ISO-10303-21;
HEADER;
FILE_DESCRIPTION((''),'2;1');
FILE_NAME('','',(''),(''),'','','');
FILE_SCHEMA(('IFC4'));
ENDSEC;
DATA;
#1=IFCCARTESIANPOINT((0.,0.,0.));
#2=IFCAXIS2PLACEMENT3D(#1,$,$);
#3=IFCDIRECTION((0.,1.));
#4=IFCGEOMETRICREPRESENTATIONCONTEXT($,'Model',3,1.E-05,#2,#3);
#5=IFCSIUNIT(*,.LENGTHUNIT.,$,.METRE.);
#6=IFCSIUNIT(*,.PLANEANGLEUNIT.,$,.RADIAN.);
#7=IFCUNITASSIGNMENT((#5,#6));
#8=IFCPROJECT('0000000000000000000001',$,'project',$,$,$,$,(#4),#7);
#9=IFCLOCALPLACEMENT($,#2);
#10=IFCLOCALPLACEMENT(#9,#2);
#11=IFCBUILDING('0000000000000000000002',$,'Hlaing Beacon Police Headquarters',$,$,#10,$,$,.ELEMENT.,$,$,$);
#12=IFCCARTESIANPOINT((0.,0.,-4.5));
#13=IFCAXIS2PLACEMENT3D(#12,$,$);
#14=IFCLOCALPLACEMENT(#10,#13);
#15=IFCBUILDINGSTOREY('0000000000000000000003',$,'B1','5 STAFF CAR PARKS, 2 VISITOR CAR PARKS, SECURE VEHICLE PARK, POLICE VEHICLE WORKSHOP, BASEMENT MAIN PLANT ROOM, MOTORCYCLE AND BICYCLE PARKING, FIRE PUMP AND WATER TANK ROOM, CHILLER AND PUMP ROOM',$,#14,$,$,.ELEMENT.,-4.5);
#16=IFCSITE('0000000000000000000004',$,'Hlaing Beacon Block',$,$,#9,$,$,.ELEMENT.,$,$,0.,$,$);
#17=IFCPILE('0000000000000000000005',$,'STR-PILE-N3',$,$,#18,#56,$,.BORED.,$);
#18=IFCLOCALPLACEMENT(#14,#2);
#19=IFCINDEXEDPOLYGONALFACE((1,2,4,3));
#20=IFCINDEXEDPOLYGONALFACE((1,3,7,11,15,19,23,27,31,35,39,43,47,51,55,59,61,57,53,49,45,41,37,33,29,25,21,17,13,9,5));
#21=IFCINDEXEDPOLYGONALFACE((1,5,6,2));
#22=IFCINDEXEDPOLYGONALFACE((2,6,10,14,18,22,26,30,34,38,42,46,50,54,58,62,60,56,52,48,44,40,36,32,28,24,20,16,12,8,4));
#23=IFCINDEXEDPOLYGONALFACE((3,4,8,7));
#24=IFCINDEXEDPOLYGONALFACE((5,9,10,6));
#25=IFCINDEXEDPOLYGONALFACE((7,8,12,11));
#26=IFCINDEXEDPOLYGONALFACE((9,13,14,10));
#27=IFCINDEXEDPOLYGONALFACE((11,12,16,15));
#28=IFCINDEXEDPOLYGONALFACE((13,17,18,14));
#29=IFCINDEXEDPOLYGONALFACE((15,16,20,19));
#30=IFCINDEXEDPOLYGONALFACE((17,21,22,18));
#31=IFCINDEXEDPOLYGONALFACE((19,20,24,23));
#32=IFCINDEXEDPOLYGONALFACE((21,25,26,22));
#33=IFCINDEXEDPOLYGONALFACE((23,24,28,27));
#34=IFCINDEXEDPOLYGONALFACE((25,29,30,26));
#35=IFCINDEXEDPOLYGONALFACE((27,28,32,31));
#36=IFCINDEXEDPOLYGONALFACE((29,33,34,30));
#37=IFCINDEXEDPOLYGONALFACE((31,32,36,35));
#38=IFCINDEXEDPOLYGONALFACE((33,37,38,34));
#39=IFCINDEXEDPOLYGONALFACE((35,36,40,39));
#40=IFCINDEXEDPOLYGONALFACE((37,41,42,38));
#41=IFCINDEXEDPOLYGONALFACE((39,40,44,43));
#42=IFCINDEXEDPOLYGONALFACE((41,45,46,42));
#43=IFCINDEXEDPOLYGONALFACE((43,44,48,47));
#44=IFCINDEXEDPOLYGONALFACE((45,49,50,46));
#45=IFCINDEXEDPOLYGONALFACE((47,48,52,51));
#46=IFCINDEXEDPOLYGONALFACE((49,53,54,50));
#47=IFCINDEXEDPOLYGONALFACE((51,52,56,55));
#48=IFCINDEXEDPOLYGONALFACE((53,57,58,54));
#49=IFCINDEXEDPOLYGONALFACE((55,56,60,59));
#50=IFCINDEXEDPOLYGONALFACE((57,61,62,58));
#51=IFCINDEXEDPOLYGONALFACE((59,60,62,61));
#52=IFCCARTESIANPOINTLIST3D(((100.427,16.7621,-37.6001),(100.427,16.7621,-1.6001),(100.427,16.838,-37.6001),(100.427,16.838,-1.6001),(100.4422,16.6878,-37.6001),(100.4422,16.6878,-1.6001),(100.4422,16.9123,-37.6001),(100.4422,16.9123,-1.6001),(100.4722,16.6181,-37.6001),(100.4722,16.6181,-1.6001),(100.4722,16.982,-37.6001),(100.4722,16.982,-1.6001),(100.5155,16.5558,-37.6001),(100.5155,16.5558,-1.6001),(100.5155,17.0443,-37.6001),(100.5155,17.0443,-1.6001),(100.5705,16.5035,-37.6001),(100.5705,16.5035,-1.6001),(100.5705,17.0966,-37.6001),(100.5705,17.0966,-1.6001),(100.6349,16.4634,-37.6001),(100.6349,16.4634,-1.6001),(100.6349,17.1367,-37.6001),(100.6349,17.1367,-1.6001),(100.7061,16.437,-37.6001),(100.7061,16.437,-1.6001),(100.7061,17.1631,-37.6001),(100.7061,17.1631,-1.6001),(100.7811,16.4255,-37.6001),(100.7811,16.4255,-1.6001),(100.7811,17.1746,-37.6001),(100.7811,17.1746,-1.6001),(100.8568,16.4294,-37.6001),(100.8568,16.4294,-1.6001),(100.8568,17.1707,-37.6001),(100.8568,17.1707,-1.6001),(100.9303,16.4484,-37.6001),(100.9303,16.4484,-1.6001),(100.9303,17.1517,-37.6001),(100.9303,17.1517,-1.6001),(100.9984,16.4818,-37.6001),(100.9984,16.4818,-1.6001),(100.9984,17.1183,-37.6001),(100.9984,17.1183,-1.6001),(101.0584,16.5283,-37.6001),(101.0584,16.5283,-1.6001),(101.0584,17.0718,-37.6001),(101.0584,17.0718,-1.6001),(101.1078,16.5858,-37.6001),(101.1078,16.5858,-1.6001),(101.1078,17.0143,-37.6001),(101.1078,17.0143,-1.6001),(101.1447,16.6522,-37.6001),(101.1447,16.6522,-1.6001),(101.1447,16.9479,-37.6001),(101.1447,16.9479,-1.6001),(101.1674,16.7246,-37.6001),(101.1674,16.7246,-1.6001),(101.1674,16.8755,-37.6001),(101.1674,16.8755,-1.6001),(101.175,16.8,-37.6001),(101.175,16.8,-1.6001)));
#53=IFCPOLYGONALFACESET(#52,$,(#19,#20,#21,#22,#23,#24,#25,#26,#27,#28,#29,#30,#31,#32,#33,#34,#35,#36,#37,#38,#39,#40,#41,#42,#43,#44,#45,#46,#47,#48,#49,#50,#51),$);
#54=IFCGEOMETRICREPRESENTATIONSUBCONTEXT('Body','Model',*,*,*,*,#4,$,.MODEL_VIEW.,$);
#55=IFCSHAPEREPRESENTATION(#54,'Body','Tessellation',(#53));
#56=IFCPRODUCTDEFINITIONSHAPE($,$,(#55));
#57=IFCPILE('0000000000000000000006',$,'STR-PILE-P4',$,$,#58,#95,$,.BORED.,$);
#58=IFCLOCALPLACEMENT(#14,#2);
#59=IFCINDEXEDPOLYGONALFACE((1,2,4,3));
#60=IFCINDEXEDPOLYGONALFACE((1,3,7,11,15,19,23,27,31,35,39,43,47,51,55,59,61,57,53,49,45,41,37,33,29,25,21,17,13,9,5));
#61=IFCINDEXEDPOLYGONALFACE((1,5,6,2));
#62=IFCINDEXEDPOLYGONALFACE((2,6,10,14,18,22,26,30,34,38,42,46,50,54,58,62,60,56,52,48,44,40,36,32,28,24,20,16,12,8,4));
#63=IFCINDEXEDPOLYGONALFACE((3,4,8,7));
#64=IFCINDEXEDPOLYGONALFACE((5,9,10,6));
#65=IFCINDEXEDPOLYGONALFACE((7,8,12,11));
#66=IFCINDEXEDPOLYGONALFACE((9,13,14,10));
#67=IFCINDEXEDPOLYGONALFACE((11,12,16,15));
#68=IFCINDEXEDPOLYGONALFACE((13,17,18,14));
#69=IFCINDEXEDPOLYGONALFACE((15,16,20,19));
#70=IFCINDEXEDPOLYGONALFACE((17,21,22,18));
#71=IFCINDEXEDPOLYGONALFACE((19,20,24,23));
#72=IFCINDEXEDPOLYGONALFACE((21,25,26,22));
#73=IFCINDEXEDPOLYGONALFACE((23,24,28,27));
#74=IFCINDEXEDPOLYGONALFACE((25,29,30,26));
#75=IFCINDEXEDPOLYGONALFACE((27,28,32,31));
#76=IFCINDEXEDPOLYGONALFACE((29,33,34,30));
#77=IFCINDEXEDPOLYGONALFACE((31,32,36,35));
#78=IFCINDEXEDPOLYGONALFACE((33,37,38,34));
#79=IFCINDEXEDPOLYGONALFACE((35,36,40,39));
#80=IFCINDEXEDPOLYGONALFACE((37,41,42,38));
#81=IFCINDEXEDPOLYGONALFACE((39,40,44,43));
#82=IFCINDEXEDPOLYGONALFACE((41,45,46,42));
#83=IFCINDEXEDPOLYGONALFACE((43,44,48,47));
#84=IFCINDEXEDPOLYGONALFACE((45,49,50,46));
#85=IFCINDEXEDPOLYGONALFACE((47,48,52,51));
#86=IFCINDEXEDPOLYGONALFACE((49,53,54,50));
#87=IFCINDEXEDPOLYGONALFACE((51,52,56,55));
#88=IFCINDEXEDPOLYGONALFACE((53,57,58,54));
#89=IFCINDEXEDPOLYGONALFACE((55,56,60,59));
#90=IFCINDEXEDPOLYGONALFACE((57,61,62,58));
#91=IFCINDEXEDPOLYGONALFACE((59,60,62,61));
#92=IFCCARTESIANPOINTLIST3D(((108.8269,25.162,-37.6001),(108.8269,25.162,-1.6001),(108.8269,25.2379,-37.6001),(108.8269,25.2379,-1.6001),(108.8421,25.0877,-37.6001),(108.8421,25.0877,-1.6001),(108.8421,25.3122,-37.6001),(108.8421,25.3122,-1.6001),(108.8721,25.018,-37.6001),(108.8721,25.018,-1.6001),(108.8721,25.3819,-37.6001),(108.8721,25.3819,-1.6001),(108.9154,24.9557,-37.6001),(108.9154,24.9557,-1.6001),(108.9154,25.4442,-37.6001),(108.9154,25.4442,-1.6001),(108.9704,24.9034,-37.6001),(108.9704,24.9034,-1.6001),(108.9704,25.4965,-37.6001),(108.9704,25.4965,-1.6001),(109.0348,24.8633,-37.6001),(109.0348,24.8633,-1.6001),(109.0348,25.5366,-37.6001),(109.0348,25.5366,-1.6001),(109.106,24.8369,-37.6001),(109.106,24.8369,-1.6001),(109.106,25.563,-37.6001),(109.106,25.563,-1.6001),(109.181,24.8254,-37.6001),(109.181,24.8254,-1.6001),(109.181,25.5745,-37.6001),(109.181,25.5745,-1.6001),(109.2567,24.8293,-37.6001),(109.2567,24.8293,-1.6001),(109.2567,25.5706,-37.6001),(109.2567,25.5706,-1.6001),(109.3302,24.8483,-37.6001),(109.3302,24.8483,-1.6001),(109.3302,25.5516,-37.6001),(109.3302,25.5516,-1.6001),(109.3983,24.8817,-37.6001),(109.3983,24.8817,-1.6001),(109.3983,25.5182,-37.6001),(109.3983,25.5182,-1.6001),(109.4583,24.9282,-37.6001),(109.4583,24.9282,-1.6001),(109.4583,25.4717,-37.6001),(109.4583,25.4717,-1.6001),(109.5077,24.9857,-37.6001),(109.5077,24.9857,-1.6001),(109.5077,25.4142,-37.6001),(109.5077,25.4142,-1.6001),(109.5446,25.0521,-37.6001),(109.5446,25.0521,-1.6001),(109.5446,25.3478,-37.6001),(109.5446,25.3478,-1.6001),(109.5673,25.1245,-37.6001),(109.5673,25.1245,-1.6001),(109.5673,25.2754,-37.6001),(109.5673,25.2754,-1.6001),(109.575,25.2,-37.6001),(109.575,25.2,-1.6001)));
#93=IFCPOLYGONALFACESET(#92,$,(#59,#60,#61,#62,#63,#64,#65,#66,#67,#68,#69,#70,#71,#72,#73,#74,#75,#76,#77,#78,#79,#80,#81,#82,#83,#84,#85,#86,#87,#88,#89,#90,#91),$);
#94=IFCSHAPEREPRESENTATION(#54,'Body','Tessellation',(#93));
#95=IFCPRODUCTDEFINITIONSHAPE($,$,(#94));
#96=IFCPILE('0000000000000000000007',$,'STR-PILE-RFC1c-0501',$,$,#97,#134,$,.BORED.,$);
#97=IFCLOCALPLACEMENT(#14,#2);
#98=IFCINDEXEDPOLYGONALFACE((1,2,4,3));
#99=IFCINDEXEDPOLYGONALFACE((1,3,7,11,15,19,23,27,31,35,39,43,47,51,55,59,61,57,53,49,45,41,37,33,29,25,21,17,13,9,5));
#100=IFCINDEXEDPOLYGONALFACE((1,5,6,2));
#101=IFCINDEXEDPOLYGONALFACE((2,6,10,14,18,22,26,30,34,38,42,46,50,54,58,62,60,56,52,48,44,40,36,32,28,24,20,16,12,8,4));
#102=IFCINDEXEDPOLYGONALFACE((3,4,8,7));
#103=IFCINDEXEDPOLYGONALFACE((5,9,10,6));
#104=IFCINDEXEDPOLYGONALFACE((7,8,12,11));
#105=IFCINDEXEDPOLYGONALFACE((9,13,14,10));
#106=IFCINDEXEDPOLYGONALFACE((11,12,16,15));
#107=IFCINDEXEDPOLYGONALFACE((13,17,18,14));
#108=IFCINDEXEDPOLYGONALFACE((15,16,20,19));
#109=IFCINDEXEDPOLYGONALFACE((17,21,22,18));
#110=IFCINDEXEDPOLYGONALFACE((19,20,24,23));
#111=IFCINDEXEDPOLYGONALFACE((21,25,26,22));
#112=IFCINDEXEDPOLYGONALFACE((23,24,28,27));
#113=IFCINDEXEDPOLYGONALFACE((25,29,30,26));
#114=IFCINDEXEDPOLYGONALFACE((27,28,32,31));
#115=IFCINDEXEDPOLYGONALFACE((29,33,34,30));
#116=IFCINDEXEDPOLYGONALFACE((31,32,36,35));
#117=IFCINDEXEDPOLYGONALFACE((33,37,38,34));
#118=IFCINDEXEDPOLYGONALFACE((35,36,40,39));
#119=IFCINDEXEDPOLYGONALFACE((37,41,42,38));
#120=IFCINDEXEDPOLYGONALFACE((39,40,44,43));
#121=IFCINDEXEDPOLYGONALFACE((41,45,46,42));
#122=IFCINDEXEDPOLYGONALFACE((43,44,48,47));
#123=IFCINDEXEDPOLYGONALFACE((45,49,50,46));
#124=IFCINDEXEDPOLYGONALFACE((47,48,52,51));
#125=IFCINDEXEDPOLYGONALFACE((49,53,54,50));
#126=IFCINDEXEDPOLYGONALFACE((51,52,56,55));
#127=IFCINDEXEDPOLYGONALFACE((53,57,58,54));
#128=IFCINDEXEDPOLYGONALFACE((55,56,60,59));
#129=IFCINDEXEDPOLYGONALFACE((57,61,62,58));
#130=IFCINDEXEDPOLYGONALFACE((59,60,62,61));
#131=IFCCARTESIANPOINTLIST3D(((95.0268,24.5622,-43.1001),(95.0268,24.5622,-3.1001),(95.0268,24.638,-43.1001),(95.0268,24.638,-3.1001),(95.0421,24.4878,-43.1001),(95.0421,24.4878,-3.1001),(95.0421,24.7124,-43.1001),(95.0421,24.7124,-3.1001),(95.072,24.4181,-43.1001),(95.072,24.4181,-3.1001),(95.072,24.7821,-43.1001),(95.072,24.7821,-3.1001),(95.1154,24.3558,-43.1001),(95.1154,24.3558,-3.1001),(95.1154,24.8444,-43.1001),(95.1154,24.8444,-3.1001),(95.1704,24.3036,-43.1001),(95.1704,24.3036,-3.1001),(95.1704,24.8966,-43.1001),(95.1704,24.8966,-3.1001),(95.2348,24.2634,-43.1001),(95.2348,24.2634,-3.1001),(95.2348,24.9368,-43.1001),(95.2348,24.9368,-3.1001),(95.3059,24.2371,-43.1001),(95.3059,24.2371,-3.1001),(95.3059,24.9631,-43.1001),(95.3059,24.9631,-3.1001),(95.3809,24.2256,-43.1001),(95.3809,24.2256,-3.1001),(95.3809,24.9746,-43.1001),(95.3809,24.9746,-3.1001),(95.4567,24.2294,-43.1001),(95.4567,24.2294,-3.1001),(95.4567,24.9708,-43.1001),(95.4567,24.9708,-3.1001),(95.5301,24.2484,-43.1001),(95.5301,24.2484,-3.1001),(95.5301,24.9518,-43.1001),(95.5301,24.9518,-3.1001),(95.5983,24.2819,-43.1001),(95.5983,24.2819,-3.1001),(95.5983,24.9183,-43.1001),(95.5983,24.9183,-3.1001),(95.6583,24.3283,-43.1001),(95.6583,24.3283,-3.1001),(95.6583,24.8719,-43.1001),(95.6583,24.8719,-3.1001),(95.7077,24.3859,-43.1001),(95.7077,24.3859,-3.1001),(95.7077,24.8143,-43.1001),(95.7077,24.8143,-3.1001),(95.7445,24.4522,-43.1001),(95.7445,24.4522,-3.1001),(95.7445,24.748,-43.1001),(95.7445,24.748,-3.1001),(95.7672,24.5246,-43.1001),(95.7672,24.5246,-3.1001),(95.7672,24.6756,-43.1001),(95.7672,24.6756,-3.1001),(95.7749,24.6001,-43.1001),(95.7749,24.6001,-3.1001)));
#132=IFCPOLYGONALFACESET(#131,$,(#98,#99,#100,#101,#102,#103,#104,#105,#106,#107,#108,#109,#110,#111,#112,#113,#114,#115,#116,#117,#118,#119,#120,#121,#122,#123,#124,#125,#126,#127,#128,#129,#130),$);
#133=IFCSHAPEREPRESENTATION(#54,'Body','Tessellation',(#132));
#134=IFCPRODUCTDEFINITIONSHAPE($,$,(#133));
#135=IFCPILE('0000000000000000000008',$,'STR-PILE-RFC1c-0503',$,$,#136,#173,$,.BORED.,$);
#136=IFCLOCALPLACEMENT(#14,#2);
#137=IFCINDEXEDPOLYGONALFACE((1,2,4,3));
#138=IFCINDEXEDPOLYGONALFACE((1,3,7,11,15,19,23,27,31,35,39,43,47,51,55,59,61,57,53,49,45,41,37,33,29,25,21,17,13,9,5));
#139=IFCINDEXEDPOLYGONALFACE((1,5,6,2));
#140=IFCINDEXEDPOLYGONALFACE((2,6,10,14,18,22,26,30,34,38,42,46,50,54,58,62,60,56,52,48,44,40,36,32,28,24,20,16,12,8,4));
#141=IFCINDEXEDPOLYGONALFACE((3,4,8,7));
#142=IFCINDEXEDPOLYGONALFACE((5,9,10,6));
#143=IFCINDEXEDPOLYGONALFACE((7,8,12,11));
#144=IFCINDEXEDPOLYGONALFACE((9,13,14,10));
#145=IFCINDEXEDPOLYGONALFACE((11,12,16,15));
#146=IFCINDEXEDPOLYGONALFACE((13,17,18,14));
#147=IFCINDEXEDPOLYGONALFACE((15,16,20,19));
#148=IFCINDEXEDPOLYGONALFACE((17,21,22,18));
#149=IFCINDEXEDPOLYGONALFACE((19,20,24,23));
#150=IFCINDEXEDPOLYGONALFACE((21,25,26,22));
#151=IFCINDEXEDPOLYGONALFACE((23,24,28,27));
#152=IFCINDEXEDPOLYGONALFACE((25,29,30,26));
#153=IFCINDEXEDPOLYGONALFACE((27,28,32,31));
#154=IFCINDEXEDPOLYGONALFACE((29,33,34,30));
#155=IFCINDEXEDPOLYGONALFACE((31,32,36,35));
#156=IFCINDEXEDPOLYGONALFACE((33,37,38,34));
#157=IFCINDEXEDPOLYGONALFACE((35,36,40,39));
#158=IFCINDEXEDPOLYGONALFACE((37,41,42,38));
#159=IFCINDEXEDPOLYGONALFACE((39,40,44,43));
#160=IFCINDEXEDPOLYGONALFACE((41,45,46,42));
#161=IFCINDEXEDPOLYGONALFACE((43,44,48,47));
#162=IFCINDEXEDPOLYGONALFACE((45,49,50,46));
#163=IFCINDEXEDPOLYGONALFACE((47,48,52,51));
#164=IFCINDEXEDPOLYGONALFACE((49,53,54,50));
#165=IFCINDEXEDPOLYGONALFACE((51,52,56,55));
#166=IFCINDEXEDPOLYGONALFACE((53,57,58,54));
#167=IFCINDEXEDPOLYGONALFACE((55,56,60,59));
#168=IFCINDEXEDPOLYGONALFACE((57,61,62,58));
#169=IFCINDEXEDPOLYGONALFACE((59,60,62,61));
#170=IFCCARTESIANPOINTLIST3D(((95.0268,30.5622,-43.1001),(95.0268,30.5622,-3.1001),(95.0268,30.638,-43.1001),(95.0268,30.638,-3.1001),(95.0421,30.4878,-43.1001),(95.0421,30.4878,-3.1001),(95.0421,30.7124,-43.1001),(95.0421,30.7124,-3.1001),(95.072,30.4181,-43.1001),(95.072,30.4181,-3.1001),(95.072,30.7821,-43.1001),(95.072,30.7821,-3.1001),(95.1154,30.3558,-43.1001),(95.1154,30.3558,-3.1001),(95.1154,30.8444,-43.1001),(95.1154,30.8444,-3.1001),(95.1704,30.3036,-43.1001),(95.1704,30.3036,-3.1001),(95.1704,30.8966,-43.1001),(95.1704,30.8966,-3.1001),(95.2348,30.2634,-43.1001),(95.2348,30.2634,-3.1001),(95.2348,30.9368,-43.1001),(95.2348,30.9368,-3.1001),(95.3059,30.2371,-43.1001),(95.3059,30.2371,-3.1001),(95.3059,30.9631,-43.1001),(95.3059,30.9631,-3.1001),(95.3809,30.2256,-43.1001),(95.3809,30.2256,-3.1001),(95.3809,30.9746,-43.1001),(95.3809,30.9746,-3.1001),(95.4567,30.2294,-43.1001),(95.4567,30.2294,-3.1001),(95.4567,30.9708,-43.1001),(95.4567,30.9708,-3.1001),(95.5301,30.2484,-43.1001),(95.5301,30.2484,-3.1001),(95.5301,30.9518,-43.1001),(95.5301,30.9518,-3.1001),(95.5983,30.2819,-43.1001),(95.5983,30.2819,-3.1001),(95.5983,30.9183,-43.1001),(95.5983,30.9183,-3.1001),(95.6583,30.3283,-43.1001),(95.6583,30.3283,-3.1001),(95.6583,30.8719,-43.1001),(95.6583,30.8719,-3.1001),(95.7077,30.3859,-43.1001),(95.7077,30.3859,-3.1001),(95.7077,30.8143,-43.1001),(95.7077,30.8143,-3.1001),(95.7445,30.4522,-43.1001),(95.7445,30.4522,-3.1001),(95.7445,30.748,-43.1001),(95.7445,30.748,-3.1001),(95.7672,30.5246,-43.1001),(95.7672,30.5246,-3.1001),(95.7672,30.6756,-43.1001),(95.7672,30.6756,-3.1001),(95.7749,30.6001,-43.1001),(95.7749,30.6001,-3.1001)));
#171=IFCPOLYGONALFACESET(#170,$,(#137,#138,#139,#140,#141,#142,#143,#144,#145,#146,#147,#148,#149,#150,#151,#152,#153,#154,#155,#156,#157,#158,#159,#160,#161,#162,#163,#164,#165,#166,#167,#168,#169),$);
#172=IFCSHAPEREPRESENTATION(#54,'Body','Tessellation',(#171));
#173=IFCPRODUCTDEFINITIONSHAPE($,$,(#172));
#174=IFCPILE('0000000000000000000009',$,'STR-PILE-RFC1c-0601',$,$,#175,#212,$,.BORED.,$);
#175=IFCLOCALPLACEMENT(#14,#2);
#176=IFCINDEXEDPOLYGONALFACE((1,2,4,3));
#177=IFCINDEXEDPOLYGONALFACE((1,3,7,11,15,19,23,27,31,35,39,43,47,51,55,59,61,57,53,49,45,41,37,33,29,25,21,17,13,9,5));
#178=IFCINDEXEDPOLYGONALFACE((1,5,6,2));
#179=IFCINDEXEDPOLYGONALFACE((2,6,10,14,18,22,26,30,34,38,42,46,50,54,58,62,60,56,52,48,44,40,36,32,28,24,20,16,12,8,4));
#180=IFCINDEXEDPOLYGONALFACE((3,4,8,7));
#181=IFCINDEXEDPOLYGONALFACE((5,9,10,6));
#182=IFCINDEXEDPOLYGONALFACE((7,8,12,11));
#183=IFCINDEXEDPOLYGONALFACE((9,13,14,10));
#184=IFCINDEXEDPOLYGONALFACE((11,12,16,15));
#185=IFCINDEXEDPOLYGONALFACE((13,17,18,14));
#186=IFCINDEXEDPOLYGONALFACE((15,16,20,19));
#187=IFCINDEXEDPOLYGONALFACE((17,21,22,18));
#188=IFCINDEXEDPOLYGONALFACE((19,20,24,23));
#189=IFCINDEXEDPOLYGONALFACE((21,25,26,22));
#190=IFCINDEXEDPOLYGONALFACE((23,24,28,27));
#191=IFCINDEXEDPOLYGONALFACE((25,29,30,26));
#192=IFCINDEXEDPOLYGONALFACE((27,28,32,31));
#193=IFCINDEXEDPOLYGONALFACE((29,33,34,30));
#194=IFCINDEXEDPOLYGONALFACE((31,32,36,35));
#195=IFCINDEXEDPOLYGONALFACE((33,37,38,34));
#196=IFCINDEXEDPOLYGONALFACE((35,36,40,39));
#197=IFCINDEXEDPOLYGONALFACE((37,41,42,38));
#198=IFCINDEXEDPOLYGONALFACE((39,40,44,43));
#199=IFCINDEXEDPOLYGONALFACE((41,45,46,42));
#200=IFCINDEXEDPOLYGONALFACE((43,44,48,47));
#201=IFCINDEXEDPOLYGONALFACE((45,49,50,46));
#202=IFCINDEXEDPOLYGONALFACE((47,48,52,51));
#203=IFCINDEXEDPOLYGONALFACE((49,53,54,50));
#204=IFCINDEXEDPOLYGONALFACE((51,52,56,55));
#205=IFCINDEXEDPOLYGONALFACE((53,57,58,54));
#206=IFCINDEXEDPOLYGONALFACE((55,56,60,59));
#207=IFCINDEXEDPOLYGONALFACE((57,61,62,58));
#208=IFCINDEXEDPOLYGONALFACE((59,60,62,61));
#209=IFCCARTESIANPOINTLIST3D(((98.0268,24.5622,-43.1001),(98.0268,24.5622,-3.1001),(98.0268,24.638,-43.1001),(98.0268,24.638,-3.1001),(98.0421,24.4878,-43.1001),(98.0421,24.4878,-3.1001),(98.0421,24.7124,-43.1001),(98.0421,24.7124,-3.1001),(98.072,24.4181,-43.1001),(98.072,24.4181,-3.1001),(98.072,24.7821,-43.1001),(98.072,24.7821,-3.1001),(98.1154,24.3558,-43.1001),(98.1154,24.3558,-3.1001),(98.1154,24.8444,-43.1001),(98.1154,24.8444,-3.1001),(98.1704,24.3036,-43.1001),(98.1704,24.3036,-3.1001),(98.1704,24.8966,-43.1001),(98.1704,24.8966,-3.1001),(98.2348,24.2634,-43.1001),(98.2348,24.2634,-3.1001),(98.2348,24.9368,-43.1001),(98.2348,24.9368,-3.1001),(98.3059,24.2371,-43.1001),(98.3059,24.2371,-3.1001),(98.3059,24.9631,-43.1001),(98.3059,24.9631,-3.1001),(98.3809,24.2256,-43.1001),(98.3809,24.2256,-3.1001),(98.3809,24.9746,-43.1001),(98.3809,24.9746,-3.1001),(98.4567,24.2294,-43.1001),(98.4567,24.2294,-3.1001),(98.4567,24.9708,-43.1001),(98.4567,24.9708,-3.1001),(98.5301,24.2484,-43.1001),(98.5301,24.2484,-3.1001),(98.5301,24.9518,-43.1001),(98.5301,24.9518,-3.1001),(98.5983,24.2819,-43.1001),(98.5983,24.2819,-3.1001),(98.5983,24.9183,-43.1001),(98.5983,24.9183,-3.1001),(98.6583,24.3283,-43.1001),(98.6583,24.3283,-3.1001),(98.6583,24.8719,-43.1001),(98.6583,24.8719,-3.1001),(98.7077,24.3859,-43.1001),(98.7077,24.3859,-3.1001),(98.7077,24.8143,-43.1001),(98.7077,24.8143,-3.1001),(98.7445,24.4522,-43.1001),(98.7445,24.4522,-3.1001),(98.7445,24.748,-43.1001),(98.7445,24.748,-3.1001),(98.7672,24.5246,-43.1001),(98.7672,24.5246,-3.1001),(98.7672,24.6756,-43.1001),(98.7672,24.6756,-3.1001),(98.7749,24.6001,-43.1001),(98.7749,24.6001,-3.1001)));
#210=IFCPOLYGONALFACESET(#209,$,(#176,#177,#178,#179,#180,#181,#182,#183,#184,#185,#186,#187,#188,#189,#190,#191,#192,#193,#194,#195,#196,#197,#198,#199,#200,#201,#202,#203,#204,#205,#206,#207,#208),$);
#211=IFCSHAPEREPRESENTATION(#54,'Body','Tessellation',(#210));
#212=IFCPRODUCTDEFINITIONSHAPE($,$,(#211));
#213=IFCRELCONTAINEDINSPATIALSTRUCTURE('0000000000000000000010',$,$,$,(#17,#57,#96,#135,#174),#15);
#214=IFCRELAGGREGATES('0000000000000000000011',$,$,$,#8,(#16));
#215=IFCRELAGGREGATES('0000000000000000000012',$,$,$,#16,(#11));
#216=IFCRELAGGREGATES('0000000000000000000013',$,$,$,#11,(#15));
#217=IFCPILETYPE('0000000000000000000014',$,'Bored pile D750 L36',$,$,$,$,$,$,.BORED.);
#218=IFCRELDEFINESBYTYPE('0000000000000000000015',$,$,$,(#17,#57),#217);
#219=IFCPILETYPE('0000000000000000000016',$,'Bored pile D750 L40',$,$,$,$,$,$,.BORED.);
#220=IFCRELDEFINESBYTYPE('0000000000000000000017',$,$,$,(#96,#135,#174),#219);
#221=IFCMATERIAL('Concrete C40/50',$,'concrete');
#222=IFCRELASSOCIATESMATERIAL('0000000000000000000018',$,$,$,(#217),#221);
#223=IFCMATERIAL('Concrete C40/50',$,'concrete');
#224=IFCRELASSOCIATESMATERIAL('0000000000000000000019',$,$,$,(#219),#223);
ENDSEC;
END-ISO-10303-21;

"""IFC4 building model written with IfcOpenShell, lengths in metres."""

from ifc_helpers import new_model, si_unit, direction, frame, origin, origin_2d, place, context, subcontext, project, spatial, circle, extrude, material, material_profile, profile_set, type_object, element, save


model = new_model("IFC4")

# Units and contexts
model_context = context("Model", 3, precision=1e-05, world=origin(), true_north=direction((0.0, 1.0)))
body_context = subcontext(model_context, "Body", "Model", "MODEL_VIEW")
ifc_project = project(units=[si_unit("LENGTHUNIT", "METRE"), si_unit("PLANEANGLEUNIT", "RADIAN")], contexts=[model_context])

# Site, building, storey
site_placement = place(None, origin())
site = spatial("IfcSite", under=ifc_project, at=site_placement, Name="Hlaing Beacon Block", CompositionType="ELEMENT", RefElevation=0.0)
building_placement = place(site_placement, origin())
building = spatial("IfcBuilding", under=site, at=building_placement, Name="Hlaing Beacon Police Headquarters", CompositionType="ELEMENT")
storey_placement = place(building_placement, frame((0.0, 0.0, -4.5)))
storey = spatial("IfcBuildingStorey", under=building, at=storey_placement, Name="B1", Description="5 STAFF CAR PARKS, 2 VISITOR CAR PARKS, SECURE VEHICLE PARK, POLICE VEHICLE WORKSHOP, BASEMENT MAIN PLANT ROOM, MOTORCYCLE AND BICYCLE PARKING, FIRE PUMP AND WATER TANK ROOM, CHILLER AND PUMP ROOM", CompositionType="ELEMENT", Elevation=-4.5)

# Piles
ifc_material_1 = material(Name="Concrete C40/50", Category="concrete")
ifc_material_profile_1 = material_profile(ifc_material_1, circle(Radius=0.375, at=origin_2d()), Name="D750")
ifc_profile_set_1 = profile_set([ifc_material_profile_1], Name="Concrete C40/50")
pile_type_1 = type_object("IfcPileType", Name="Bored pile D750 L36", PredefinedType="BORED", material=ifc_profile_set_1)
for number, where, z_axis, x_axis, name in (
    (1, (100.8, 16.8, -1.6001), (0.0, 0.0, -1.0), (1.0, 0.0, 0.0), "STR-PILE-N3"),
    (2, (109.2, 25.2, -1.6001), (0.0, 0.0, -1.0), (1.0, 0.0, 0.0), "STR-PILE-P4"),
):
    element("IfcPile", number, at=place(storey_placement, frame(where, z_axis=z_axis, x_axis=x_axis)), inside=storey, type_object=pile_type_1, Name=name, PredefinedType="BORED", context=body_context, shape_type="SweptSolid", body=[
        extrude(circle(Radius=0.375, at=origin_2d()), origin(), (0.0, 0.0, 1.0), 36.0),
    ])
ifc_material_2 = material(Name="Concrete C40/50", Category="concrete")
ifc_material_profile_2 = material_profile(ifc_material_2, circle(Radius=0.375, at=origin_2d()), Name="D750")
ifc_profile_set_2 = profile_set([ifc_material_profile_2], Name="Concrete C40/50")
pile_type_2 = type_object("IfcPileType", Name="Bored pile D750 L40", PredefinedType="BORED", material=ifc_profile_set_2)
for number, where, z_axis, x_axis, name in (
    (3, (95.3999, 24.6001, -3.1001), (0.0, 0.0, -1.0), (1.0, 0.0, 0.0), "STR-PILE-RFC1c-0501"),
    (4, (95.3999, 30.6001, -3.1001), (0.0, 0.0, -1.0), (1.0, 0.0, 0.0), "STR-PILE-RFC1c-0503"),
    (5, (98.3999, 24.6001, -3.1001), (0.0, 0.0, -1.0), (1.0, 0.0, 0.0), "STR-PILE-RFC1c-0601"),
):
    element("IfcPile", number, at=place(storey_placement, frame(where, z_axis=z_axis, x_axis=x_axis)), inside=storey, type_object=pile_type_2, Name=name, PredefinedType="BORED", context=body_context, shape_type="SweptSolid", body=[
        extrude(circle(Radius=0.375, at=origin_2d()), origin(), (0.0, 0.0, 1.0), 40.0),
    ])

save(model, "model.ifc")
